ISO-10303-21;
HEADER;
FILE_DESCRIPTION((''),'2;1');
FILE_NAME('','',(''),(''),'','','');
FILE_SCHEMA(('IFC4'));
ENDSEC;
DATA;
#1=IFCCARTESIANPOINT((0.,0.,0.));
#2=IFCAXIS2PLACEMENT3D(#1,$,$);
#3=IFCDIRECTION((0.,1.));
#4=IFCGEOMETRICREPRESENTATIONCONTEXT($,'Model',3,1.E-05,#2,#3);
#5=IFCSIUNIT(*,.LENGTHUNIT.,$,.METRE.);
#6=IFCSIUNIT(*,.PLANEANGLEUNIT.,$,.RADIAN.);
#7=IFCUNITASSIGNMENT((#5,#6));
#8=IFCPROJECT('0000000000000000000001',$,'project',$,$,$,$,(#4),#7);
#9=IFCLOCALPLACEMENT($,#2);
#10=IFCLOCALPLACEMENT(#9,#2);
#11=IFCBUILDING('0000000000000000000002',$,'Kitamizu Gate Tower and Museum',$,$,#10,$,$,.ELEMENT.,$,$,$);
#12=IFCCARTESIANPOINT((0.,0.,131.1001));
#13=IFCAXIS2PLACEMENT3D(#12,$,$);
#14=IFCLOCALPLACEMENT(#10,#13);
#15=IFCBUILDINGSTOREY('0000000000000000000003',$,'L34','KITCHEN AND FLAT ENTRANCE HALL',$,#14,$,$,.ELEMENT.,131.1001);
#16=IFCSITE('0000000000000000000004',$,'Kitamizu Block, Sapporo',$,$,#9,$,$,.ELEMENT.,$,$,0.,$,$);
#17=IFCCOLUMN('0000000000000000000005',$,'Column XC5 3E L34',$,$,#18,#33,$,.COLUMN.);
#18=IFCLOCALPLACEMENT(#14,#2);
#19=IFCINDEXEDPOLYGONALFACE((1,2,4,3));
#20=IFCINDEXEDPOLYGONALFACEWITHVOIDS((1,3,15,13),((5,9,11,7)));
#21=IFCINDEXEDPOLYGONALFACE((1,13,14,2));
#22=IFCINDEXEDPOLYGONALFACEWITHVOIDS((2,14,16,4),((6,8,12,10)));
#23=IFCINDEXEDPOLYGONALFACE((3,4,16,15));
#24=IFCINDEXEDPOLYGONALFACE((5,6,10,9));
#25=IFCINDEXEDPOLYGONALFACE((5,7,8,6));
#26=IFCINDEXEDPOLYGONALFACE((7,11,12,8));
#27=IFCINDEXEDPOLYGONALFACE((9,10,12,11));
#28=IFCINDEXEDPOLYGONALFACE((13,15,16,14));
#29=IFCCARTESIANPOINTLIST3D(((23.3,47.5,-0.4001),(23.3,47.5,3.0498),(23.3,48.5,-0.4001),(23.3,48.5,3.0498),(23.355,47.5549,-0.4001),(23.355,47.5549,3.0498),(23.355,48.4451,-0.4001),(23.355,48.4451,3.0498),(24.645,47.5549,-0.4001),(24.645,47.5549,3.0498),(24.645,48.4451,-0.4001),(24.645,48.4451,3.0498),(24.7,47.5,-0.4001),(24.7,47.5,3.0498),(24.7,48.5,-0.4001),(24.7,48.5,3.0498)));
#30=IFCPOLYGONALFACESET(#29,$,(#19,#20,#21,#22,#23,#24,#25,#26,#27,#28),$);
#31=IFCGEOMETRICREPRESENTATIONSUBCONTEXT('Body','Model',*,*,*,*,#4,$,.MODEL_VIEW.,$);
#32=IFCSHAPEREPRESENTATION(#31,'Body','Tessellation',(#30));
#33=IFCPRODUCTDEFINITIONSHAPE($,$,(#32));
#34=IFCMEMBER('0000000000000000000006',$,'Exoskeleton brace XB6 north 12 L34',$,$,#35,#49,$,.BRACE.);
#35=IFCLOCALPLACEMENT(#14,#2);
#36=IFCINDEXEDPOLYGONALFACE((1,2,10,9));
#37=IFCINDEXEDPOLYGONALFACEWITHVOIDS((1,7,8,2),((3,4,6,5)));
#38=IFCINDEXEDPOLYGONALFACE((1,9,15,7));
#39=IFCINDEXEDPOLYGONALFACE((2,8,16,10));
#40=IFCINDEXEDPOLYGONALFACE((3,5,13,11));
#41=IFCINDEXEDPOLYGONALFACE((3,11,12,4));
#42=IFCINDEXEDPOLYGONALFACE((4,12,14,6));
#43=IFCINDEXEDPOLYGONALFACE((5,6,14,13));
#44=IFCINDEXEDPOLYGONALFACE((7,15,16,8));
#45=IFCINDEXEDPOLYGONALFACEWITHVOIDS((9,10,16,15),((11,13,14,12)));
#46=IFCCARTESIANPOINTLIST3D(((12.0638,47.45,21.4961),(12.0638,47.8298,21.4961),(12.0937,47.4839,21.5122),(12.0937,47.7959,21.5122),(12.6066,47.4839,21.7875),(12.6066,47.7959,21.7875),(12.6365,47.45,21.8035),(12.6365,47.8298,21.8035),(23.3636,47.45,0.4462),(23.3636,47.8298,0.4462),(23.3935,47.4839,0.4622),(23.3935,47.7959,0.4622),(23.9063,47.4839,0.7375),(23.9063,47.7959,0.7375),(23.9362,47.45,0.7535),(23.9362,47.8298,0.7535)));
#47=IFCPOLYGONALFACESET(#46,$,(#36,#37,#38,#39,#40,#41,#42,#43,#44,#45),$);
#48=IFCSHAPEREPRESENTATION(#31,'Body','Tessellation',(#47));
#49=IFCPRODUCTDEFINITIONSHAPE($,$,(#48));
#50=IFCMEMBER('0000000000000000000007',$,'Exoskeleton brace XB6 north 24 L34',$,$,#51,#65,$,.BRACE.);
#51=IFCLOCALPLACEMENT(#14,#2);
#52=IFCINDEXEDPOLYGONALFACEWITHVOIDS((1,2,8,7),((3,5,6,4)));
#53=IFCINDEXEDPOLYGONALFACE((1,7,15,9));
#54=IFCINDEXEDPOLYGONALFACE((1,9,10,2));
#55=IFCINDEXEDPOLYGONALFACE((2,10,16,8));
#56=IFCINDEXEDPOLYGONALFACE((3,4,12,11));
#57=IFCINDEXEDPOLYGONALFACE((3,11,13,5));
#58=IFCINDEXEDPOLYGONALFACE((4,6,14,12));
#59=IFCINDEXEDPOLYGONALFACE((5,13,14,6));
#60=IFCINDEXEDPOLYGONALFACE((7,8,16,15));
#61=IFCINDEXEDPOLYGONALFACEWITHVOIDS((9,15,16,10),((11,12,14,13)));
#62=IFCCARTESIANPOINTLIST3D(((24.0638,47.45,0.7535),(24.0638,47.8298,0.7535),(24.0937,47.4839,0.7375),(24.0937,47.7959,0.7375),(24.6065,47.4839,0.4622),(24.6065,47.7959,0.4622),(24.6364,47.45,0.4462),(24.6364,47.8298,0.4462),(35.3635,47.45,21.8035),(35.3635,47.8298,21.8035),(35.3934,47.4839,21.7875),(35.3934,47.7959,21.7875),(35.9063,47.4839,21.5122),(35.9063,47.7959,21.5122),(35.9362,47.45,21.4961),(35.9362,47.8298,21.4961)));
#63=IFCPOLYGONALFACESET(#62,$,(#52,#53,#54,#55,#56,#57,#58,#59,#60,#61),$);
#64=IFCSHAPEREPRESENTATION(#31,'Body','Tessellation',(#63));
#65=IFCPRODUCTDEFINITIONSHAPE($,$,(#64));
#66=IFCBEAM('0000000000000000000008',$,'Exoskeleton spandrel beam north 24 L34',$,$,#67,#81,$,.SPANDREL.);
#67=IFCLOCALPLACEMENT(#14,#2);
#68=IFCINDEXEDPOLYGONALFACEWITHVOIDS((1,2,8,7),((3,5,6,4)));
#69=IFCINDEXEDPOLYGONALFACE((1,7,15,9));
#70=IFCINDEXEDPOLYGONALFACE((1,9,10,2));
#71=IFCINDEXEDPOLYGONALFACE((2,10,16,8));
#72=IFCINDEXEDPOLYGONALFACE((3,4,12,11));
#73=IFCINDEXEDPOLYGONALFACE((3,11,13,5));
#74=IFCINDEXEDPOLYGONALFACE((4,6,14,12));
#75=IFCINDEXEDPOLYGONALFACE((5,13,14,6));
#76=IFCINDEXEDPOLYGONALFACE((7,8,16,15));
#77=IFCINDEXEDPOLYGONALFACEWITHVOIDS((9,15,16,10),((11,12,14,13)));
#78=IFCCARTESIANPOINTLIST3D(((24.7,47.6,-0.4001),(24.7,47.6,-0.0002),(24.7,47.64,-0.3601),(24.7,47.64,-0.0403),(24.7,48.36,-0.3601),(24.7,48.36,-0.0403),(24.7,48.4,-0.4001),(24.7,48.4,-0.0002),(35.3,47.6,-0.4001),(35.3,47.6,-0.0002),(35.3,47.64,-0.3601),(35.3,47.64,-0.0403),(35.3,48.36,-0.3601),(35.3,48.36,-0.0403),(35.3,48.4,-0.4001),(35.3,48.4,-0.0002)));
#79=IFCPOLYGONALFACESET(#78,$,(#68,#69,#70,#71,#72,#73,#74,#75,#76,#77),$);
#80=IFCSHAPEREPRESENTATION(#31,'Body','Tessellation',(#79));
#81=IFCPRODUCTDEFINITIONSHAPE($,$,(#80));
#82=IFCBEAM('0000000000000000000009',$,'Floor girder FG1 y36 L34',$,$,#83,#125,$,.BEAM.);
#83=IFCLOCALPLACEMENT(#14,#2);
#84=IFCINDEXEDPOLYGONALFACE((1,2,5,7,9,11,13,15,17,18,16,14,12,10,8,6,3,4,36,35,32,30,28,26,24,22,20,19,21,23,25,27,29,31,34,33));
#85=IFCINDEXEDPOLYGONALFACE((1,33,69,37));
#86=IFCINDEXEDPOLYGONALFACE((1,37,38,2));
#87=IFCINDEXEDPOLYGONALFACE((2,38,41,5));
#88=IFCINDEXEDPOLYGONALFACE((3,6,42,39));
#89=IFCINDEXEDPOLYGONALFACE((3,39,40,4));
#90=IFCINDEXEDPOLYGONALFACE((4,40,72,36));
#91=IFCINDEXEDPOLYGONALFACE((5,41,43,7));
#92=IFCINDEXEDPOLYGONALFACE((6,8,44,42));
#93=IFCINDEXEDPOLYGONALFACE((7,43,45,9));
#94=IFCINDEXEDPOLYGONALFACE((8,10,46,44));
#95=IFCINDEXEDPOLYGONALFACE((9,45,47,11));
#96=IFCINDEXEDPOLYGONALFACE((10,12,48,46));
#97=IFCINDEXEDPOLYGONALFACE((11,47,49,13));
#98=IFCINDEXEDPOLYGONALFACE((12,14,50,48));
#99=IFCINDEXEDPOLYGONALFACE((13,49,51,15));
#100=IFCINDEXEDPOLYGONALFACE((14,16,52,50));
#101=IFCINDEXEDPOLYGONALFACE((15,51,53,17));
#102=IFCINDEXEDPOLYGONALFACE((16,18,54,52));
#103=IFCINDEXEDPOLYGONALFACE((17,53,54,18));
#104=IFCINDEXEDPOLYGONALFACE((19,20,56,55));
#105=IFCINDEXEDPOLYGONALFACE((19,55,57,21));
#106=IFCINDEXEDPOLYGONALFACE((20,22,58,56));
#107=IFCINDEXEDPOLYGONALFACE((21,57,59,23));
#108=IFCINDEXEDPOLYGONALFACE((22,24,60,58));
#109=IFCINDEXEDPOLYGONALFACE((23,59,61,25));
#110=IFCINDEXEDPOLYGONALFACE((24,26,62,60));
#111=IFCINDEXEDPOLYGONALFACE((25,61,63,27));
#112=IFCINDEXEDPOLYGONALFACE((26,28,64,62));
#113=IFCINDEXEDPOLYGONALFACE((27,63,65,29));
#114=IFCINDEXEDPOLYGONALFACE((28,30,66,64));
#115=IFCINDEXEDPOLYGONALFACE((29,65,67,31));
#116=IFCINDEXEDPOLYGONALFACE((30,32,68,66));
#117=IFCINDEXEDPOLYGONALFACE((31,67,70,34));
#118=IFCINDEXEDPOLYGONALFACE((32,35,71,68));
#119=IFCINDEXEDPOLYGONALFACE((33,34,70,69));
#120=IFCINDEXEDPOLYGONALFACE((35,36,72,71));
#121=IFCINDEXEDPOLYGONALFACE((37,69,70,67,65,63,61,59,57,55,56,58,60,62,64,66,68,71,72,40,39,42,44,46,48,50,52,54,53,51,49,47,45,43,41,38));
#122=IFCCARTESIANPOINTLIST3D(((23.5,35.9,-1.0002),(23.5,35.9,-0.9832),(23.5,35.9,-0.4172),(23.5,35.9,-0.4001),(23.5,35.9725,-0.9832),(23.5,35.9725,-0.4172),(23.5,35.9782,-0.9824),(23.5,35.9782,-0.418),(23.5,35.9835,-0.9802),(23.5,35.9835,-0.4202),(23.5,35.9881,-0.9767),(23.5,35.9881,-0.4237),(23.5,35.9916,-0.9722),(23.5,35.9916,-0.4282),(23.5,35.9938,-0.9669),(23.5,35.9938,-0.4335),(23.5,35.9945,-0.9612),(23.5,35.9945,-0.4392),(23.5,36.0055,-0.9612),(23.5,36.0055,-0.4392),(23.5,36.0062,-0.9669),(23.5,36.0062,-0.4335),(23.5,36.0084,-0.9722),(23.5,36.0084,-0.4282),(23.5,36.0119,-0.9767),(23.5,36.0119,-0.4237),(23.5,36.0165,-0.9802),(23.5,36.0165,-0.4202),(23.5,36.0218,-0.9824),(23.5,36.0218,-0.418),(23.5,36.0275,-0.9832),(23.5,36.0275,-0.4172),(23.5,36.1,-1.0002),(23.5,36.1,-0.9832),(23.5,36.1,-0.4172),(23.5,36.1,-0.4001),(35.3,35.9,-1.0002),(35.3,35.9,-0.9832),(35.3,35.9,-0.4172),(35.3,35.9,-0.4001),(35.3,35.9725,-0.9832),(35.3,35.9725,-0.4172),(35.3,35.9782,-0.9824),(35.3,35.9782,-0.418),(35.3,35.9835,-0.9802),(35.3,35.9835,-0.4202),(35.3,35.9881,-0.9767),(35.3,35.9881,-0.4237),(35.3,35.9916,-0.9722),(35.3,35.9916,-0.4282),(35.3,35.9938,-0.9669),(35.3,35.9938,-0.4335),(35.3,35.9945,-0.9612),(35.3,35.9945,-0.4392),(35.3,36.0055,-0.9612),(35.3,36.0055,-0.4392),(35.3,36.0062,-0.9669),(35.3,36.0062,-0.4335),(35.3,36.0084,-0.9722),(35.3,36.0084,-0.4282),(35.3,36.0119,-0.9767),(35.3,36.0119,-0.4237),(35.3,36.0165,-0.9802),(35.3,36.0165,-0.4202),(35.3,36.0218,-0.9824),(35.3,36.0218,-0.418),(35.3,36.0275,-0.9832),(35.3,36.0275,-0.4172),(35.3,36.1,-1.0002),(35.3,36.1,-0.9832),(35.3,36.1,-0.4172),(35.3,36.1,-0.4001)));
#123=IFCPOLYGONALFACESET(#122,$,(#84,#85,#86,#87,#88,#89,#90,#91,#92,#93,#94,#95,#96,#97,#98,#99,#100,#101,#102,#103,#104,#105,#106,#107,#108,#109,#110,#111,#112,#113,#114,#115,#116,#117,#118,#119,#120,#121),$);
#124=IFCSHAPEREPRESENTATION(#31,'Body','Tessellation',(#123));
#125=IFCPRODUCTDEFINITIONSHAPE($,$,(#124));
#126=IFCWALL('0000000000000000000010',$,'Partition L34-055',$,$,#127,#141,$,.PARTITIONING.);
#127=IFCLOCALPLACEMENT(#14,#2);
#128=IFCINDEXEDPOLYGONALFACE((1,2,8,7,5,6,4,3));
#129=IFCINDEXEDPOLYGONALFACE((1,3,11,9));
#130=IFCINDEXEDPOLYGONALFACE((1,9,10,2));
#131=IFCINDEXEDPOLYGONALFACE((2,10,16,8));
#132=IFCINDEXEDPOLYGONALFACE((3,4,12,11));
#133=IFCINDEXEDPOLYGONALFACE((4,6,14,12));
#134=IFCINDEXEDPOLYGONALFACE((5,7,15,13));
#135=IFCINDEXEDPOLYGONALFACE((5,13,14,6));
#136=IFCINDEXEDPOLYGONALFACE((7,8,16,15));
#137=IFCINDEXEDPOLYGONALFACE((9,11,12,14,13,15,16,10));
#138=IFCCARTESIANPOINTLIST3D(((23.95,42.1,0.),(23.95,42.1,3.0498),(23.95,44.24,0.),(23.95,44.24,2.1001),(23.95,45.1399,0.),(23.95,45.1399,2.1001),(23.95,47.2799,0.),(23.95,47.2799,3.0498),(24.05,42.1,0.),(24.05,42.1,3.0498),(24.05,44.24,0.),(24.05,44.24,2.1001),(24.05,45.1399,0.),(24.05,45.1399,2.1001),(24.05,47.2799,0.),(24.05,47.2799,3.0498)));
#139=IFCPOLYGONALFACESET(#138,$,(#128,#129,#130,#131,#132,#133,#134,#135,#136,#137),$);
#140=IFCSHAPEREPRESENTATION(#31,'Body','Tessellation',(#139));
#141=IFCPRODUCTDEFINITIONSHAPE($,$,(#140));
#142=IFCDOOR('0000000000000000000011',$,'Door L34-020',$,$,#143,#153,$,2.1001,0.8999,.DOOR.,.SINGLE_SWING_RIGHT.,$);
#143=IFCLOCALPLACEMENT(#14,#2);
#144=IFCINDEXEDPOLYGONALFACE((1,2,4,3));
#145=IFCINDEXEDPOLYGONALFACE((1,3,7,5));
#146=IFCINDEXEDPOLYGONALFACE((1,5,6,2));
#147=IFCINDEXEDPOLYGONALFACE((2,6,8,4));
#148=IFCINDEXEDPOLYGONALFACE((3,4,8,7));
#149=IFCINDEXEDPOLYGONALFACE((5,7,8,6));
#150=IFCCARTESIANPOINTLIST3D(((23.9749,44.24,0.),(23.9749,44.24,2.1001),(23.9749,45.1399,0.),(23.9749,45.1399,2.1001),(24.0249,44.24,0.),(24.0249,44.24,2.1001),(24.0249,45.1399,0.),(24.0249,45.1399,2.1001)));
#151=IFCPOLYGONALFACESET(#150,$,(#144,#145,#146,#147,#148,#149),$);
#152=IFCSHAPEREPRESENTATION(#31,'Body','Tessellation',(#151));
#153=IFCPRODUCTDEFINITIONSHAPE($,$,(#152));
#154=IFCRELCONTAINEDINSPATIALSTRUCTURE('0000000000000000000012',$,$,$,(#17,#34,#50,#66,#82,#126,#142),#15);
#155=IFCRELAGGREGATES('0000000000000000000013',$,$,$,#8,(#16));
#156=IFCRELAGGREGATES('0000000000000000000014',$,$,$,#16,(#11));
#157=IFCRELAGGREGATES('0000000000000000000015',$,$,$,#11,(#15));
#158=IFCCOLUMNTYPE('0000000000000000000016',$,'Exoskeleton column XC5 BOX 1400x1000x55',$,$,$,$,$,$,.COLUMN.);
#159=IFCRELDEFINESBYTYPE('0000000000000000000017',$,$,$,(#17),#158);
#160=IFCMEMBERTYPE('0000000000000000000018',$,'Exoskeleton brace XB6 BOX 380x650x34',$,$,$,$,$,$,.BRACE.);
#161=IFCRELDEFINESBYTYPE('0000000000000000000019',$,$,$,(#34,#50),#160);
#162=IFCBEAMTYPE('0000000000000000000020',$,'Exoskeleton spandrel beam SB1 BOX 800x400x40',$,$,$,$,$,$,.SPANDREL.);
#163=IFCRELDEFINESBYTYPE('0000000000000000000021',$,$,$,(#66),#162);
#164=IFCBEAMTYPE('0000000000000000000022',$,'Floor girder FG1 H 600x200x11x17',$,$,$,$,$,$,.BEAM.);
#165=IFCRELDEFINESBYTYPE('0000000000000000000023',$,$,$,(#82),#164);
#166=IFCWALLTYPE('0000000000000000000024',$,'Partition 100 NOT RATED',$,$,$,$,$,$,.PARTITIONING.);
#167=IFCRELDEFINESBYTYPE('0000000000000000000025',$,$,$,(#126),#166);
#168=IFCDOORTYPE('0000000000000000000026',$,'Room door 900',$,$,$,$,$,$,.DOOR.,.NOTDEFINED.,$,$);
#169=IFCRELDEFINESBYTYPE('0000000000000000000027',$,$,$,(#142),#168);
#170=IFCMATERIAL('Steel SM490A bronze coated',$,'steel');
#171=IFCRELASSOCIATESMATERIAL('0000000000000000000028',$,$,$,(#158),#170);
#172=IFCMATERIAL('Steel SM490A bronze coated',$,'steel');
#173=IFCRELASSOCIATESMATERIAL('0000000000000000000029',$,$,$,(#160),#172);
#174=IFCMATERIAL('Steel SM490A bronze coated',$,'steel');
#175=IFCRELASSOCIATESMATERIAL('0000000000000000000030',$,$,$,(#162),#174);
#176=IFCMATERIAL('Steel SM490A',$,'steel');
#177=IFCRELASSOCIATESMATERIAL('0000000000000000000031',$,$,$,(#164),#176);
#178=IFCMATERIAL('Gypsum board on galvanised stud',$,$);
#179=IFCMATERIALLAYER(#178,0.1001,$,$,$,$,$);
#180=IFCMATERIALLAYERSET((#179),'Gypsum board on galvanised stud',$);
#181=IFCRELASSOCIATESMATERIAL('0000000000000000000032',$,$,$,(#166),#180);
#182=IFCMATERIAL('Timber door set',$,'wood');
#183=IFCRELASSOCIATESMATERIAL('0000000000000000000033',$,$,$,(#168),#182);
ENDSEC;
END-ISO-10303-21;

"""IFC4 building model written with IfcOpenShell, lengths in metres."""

from ifc_helpers import new_model, si_unit, direction, frame, frame_2d, origin, origin_2d, place, context, subcontext, project, spatial, rectangle, hollow_rectangle, i_section, extrude, material, layer, layer_set, material_profile, profile_set, type_object, element, fill, save


model = new_model("IFC4")

# Units and contexts
model_context = context("Model", 3, precision=1e-05, world=origin(), true_north=direction((0.0, 1.0)))
body_context = subcontext(model_context, "Body", "Model", "MODEL_VIEW")
ifc_project = project(units=[si_unit("LENGTHUNIT", "METRE"), si_unit("PLANEANGLEUNIT", "RADIAN")], contexts=[model_context])

# Site, building, storey
site_placement = place(None, origin())
site = spatial("IfcSite", under=ifc_project, at=site_placement, Name="Kitamizu Block, Sapporo", CompositionType="ELEMENT", RefElevation=0.0)
building_placement = place(site_placement, origin())
building = spatial("IfcBuilding", under=site, at=building_placement, Name="Kitamizu Gate Tower and Museum", CompositionType="ELEMENT")
storey_placement = place(building_placement, frame((0.0, 0.0, 131.1001)))
storey = spatial("IfcBuildingStorey", under=building, at=storey_placement, Name="L34", Description="KITCHEN AND FLAT ENTRANCE HALL", CompositionType="ELEMENT", Elevation=131.1001)

# Column
ifc_material_1 = material(Name="Steel SM490A bronze coated", Category="steel")
ifc_material_profile_1 = material_profile(ifc_material_1, hollow_rectangle(XDim=1.3999, YDim=1.0, WallThickness=0.0549, at=origin_2d()), Name="BOX 1400x1000x55")
ifc_profile_set_1 = profile_set([ifc_material_profile_1], Name="Steel SM490A bronze coated")
column_type = type_object("IfcColumnType", Name="Exoskeleton column XC5 BOX 1400x1000x55", PredefinedType="COLUMN", material=ifc_profile_set_1)
column_placement = place(storey_placement, frame((24.0, 48.0, -0.4001), z_axis=(0.0, 0.0, 1.0), x_axis=(1.0, 0.0, 0.0)))
element("IfcColumn", 1, at=column_placement, inside=storey, type_object=column_type, Name="Column XC5 3E L34", PredefinedType="COLUMN", context=body_context, shape_type="SweptSolid", body=[
    extrude(hollow_rectangle(XDim=1.3999, YDim=1.0, WallThickness=0.0549, at=origin_2d()), origin(), (0.0, 0.0, 1.0), 3.45),
])

# Members
ifc_material_2 = material(Name="Steel SM490A bronze coated", Category="steel")
ifc_material_profile_2 = material_profile(ifc_material_2, hollow_rectangle(XDim=0.3799, YDim=0.6499, WallThickness=0.0339, at=origin_2d()), Name="BOX 380x650x34")
ifc_profile_set_2 = profile_set([ifc_material_profile_2], Name="Steel SM490A bronze coated")
member_type = type_object("IfcMemberType", Name="Exoskeleton brace XB6 BOX 380x650x34", PredefinedType="BRACE", material=ifc_profile_set_2)
for number, where, z_axis, x_axis, name in (
    (2, (23.6499, 47.6399, 0.5999), (-0.472969, 0.0, 0.881079), (0.0, -1.0, 0.0), "Exoskeleton brace XB6 north 12 L34"),
    (3, (24.3501, 47.6399, 0.5999), (0.472969, 0.0, 0.881079), (0.0, 1.0, 0.0), "Exoskeleton brace XB6 north 24 L34"),
):
    element("IfcMember", number, at=place(storey_placement, frame(where, z_axis=z_axis, x_axis=x_axis)), inside=storey, type_object=member_type, Name=name, PredefinedType="BRACE", context=body_context, shape_type="SweptSolid", body=[
        extrude(hollow_rectangle(XDim=0.3799, YDim=0.6499, WallThickness=0.0339, at=origin_2d()), origin(), (0.0, 0.0, 1.0), 23.8911),
    ])

# Beams
ifc_material_3 = material(Name="Steel SM490A bronze coated", Category="steel")
ifc_material_profile_3 = material_profile(ifc_material_3, hollow_rectangle(XDim=0.8, YDim=0.3999, WallThickness=0.04, at=origin_2d()), Name="BOX 800x400x40")
ifc_profile_set_3 = profile_set([ifc_material_profile_3], Name="Steel SM490A bronze coated")
beam_type_1 = type_object("IfcBeamType", Name="Exoskeleton spandrel beam SB1 BOX 800x400x40", PredefinedType="SPANDREL", material=ifc_profile_set_3)
beam_1_placement = place(storey_placement, frame((24.7, 48.0, -0.2002), z_axis=(1.0, 0.0, 0.0), x_axis=(0.0, 1.0, 0.0)))
element("IfcBeam", 4, at=beam_1_placement, inside=storey, type_object=beam_type_1, Name="Exoskeleton spandrel beam north 24 L34", PredefinedType="SPANDREL", context=body_context, shape_type="SweptSolid", body=[
    extrude(hollow_rectangle(XDim=0.8, YDim=0.3999, WallThickness=0.04, at=origin_2d()), origin(), (0.0, 0.0, 1.0), 10.6001),
])
ifc_material_4 = material(Name="Steel SM490A", Category="steel")
ifc_material_profile_4 = material_profile(ifc_material_4, i_section(OverallWidth=0.2, OverallDepth=0.6001, WebThickness=0.011, FlangeThickness=0.0171, FilletRadius=0.022, at=origin_2d()), Name="H-600x200x11x17")
ifc_profile_set_4 = profile_set([ifc_material_profile_4], Name="Steel SM490A")
beam_type_2 = type_object("IfcBeamType", Name="Floor girder FG1 H 600x200x11x17", PredefinedType="BEAM", material=ifc_profile_set_4)
beam_2_placement = place(storey_placement, frame((23.5, 36.0, -0.7002), z_axis=(1.0, 0.0, 0.0), x_axis=(0.0, 1.0, 0.0)))
element("IfcBeam", 5, at=beam_2_placement, inside=storey, type_object=beam_type_2, Name="Floor girder FG1 y36 L34", PredefinedType="BEAM", context=body_context, shape_type="SweptSolid", body=[
    extrude(i_section(OverallWidth=0.2, OverallDepth=0.6001, WebThickness=0.011, FlangeThickness=0.0171, FilletRadius=0.022, at=origin_2d()), origin(), (0.0, 0.0, 1.0), 11.8),
])

# Wall, opening, door
ifc_material_5 = material(Name="Gypsum board on galvanised stud")
ifc_layer_1 = layer(ifc_material_5, 0.1001)
ifc_layer_set_1 = layer_set([ifc_layer_1], Name="Gypsum board on galvanised stud")
wall_type_1 = type_object("IfcWallType", Name="Partition 100 NOT RATED", PredefinedType="PARTITIONING", material=ifc_layer_set_1)
wall_1_placement = place(storey_placement, frame((24.0, 42.1001, 0.0), z_axis=(0.0, 0.0, 1.0), x_axis=(0.0, 1.0, 0.0)))
wall_1 = element("IfcWall", 6, at=wall_1_placement, inside=storey, type_object=wall_type_1, Name="Partition L34-055", PredefinedType="PARTITIONING", context=body_context, shape_type="SweptSolid", body=[
    extrude(rectangle(XDim=5.1799, YDim=0.1001, at=frame_2d((2.5898, 0.0))), origin(), (0.0, 0.0, 1.0), 3.0498),
])
opening_1_placement = place(wall_1_placement, frame((2.1399, 0.0, 0.0)))
opening_1 = element("IfcOpeningElement", 7, at=opening_1_placement, cuts=wall_1, PredefinedType="OPENING", context=body_context, shape_type="SweptSolid", body=[
    extrude(rectangle(XDim=0.8999, YDim=2.1001, at=frame_2d((0.45, 1.05))), frame((0.0, 0.0601, 0.0), z_axis=(0.0, -1.0, 0.0), x_axis=(1.0, 0.0, 0.0)), (0.0, 0.0, 1.0), 0.1201),
])
ifc_material_6 = material(Name="Timber door set", Category="wood")
door_type = type_object("IfcDoorType", Name="Room door 900", OperationType="NOTDEFINED", PredefinedType="DOOR", material=ifc_material_6)
door_1_placement = place(opening_1_placement, frame((0.8999, 0.0, 0.0), x_axis=(-1.0, 0.0, 0.0)))
door_1 = element("IfcDoor", 8, at=door_1_placement, inside=storey, type_object=door_type, Name="Door L34-020", OperationType="SINGLE_SWING_RIGHT", OverallHeight=2.1001, OverallWidth=0.8999, PredefinedType="DOOR", context=body_context, shape_type="SweptSolid", body=[
    extrude(rectangle(XDim=0.8999, YDim=2.1001, at=frame_2d((0.45, 1.05))), frame((0.0, 0.0249, 0.0), z_axis=(0.0, -1.0, 0.0), x_axis=(1.0, 0.0, 0.0)), (0.0, 0.0, 1.0), 0.05),
])
fill(opening_1, door_1)

save(model, "model.ifc")
